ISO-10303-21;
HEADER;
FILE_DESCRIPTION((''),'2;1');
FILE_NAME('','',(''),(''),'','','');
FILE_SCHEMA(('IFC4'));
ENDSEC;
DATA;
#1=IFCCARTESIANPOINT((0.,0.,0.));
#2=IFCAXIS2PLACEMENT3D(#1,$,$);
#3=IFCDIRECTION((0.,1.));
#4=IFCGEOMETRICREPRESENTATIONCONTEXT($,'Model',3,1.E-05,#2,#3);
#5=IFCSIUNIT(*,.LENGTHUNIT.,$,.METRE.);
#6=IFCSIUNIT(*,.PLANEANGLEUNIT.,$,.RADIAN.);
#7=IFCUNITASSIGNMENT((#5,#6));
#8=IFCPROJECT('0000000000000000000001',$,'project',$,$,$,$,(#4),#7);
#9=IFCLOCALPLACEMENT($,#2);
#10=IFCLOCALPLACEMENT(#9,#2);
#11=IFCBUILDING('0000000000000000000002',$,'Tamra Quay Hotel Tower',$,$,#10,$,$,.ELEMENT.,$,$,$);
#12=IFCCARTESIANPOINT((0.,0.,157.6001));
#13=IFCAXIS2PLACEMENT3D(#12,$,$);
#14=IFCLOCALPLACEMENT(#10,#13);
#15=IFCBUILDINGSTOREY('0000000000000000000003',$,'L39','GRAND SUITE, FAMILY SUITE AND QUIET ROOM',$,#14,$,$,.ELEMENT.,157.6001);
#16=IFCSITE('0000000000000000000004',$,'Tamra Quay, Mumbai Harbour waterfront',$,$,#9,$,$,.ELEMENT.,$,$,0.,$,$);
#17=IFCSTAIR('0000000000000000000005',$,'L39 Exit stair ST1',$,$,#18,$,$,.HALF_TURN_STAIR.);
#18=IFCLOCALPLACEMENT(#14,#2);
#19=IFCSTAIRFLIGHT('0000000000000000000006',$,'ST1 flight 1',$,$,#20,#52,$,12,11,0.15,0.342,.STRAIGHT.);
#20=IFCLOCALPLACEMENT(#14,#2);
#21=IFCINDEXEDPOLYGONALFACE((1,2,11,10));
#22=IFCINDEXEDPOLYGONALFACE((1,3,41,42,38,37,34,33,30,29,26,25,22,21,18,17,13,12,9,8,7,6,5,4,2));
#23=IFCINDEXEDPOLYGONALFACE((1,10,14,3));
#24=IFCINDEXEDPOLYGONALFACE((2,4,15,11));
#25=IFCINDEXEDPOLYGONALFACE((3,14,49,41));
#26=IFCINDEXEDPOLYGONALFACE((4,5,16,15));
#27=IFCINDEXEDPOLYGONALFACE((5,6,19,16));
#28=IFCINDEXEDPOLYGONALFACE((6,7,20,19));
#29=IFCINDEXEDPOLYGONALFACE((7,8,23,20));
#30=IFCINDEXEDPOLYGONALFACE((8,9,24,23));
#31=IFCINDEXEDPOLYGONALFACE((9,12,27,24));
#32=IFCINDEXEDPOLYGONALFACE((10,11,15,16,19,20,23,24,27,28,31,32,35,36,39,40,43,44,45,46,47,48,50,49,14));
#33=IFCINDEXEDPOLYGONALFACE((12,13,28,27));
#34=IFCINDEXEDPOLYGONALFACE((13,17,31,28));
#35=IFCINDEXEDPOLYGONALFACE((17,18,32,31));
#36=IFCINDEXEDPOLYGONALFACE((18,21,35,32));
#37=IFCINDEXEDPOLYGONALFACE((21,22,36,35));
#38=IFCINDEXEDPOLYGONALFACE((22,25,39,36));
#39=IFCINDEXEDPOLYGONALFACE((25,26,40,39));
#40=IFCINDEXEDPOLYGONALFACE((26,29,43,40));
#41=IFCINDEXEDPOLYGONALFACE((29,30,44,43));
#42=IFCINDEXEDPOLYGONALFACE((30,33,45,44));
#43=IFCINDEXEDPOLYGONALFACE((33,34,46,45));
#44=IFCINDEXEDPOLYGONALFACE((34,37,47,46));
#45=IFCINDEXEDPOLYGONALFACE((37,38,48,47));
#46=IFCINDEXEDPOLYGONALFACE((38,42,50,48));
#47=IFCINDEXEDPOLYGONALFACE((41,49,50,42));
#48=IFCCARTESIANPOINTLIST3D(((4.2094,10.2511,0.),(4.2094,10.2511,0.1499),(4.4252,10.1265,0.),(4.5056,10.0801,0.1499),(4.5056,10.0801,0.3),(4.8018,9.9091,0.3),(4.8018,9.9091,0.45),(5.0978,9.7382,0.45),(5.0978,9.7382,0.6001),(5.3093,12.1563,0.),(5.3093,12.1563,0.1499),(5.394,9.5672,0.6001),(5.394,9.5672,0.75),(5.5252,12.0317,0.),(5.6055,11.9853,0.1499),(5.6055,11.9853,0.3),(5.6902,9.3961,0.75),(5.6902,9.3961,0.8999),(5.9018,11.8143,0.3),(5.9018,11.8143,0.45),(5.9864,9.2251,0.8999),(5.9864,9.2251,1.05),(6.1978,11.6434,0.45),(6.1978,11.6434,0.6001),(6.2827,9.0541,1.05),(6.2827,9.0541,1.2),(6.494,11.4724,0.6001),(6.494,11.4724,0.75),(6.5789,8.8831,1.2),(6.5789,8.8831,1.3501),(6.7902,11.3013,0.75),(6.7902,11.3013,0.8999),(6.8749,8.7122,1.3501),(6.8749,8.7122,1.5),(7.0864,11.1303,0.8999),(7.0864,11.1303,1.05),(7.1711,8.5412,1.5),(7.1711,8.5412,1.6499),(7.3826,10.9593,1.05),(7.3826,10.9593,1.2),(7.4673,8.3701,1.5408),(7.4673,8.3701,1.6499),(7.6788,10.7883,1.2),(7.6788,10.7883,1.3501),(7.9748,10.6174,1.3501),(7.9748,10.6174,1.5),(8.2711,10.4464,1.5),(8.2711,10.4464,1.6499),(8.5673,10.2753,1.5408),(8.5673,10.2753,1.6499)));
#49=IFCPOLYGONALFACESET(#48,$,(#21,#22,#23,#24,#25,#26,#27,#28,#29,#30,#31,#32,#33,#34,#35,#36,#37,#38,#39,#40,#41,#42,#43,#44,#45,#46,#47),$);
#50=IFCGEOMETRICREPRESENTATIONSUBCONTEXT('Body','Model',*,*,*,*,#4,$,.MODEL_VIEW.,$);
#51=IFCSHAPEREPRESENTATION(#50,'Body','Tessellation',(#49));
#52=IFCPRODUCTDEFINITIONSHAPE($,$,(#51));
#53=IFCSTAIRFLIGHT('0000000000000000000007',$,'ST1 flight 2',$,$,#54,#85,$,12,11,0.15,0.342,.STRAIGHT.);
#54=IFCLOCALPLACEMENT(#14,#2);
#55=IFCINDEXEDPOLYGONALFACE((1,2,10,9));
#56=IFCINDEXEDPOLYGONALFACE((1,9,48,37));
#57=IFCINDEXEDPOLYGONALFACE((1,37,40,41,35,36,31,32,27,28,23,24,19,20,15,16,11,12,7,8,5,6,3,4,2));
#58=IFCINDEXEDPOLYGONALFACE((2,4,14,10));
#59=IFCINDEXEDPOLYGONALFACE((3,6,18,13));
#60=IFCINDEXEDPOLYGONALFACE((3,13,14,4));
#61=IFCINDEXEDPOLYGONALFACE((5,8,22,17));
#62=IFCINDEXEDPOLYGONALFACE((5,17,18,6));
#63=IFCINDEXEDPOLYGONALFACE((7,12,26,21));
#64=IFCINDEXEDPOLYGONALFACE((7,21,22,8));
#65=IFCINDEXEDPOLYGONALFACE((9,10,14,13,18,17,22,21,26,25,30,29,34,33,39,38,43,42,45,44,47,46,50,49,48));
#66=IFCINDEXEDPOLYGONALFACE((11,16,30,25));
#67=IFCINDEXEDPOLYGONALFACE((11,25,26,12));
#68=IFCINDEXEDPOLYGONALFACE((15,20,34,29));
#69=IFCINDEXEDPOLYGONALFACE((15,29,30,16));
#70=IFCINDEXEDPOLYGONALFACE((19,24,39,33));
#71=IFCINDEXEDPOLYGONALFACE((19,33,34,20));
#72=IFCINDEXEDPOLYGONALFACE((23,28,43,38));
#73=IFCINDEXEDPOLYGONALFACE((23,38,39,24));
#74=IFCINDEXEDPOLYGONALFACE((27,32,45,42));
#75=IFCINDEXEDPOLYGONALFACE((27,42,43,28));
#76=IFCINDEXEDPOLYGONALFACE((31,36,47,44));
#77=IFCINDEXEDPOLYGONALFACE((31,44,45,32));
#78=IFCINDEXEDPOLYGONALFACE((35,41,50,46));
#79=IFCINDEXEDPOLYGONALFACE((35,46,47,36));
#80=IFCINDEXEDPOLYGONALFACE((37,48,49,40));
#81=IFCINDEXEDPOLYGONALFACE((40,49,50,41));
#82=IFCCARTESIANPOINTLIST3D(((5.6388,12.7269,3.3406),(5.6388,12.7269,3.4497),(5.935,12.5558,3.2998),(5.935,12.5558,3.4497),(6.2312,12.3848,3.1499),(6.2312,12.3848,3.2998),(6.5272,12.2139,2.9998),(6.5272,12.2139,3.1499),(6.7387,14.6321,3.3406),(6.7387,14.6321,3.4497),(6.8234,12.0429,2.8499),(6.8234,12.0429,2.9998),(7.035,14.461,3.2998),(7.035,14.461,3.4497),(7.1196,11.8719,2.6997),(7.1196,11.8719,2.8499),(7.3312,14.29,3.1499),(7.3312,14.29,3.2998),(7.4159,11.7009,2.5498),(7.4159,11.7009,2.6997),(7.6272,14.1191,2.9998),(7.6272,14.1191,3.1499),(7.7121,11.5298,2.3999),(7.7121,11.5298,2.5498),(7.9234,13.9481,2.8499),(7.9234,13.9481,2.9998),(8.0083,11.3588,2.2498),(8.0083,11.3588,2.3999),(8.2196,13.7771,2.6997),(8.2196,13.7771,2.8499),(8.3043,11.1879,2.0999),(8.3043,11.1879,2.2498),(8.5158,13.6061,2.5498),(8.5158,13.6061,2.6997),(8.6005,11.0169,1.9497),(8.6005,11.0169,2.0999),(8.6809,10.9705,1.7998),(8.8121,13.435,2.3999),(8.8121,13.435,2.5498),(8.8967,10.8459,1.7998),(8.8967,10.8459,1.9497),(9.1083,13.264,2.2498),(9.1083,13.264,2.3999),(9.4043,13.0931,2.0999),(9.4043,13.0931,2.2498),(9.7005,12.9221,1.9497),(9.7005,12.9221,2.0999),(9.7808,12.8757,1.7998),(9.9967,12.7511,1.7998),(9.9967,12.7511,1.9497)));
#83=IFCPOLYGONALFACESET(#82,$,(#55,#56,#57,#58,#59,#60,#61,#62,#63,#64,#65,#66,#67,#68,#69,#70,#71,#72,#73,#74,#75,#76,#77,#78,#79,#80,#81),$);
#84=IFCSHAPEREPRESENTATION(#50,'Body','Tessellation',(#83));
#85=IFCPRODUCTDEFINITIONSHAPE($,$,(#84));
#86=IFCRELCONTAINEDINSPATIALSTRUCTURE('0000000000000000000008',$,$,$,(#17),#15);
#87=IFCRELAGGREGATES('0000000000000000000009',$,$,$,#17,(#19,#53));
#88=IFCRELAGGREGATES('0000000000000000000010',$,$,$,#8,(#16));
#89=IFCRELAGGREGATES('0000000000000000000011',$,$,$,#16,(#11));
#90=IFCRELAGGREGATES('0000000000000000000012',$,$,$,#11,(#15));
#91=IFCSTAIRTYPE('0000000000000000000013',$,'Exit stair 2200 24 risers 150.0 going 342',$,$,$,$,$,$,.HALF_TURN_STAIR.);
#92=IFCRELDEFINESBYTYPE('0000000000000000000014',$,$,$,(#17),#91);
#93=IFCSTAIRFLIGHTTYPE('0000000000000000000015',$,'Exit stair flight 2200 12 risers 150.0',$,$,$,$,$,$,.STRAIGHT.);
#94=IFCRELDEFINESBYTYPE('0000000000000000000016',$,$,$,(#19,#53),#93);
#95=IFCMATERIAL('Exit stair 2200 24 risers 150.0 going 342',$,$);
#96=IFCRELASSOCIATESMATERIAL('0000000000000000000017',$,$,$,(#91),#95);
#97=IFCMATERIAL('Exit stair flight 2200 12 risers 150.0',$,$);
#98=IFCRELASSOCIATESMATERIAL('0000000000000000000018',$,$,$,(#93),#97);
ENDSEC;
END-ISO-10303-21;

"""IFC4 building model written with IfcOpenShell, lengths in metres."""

from ifc_helpers import new_model, si_unit, direction, frame, origin, place, context, subcontext, project, spatial, polyline, outline, extrude, material, type_object, element, aggregate, save


model = new_model("IFC4")

# Units and contexts
model_context = context("Model", 3, precision=1e-05, world=origin(), true_north=direction((0.0, 1.0)))
body_context = subcontext(model_context, "Body", "Model", "MODEL_VIEW")
ifc_project = project(units=[si_unit("LENGTHUNIT", "METRE"), si_unit("PLANEANGLEUNIT", "RADIAN")], contexts=[model_context])

# Site, building, storey
site_placement = place(None, origin())
site = spatial("IfcSite", under=ifc_project, at=site_placement, Name="Tamra Quay, Mumbai Harbour waterfront", CompositionType="ELEMENT", RefElevation=0.0)
building_placement = place(site_placement, origin())
building = spatial("IfcBuilding", under=site, at=building_placement, Name="Tamra Quay Hotel Tower", CompositionType="ELEMENT")
storey_placement = place(building_placement, frame((0.0, 0.0, 157.6001)))
storey = spatial("IfcBuildingStorey", under=building, at=storey_placement, Name="L39", Description="GRAND SUITE, FAMILY SUITE AND QUIET ROOM", CompositionType="ELEMENT", Elevation=157.6001)

# Stair, stair flights
ifc_material_1 = material(Name="Exit stair 2200 24 risers 150.0 going 342")
stair_type = type_object("IfcStairType", Name="Exit stair 2200 24 risers 150.0 going 342", PredefinedType="HALF_TURN_STAIR", material=ifc_material_1)
stair_placement = place(storey_placement, origin())
stair = element("IfcStair", 1, at=stair_placement, inside=storey, type_object=stair_type, Name="L39 Exit stair ST1", PredefinedType="HALF_TURN_STAIR")
ifc_material_2 = material(Name="Exit stair flight 2200 12 risers 150.0")
stair_flight_type = type_object("IfcStairFlightType", Name="Exit stair flight 2200 12 risers 150.0", PredefinedType="STRAIGHT", material=ifc_material_2)
stair_flight_1_placement = place(storey_placement, frame((4.7593, 11.2036, 0.0), z_axis=(0.0, 0.0, 1.0), x_axis=(0.866025, -0.5, 0.0)))
stair_flight_1 = element("IfcStairFlight", 2, at=stair_flight_1_placement, type_object=stair_flight_type, Name="ST1 flight 1", NumberOfRisers=12, NumberOfTreads=11, PredefinedType="STRAIGHT", RiserHeight=0.15, TreadLength=0.342, context=body_context, shape_type="SweptSolid", body=[
    extrude(outline(polyline([(0.0, 0.0), (0.0, 0.1499), (0.342, 0.1499), (0.342, 0.3), (0.6841, 0.3), (0.6841, 0.45), (1.0259, 0.45), (1.0259, 0.6001), (1.3679, 0.6001), (1.3679, 0.75), (1.71, 0.75), (1.71, 0.8999), (2.052, 0.8999), (2.052, 1.05), (2.394, 1.05), (2.394, 1.2), (2.7361, 1.2), (2.7361, 1.3501), (3.0779, 1.3501), (3.0779, 1.5), (3.4199, 1.5), (3.4199, 1.6499), (3.762, 1.6499), (3.762, 1.8), (3.762, 1.5408), (0.2493, 0.0), (0.0, 0.0)])), frame((0.0, 1.1001, 0.0), z_axis=(0.0, -1.0, 0.0), x_axis=(1.0, 0.0, 0.0)), (0.0, 0.0, 1.0), 2.2),
])
stair_flight_2_placement = place(storey_placement, frame((9.4468, 11.7986, 1.7998), z_axis=(0.0, 0.0, 1.0), x_axis=(-0.866025, 0.5, 0.0)))
stair_flight_2 = element("IfcStairFlight", 3, at=stair_flight_2_placement, type_object=stair_flight_type, Name="ST1 flight 2", NumberOfRisers=12, NumberOfTreads=11, PredefinedType="STRAIGHT", RiserHeight=0.15, TreadLength=0.342, context=body_context, shape_type="SweptSolid", body=[
    extrude(outline(polyline([(0.0, 0.0), (0.0, 0.1499), (0.342, 0.1499), (0.342, 0.3), (0.6841, 0.3), (0.6841, 0.45), (1.0259, 0.45), (1.0259, 0.6001), (1.3679, 0.6001), (1.3679, 0.75), (1.71, 0.75), (1.71, 0.8999), (2.052, 0.8999), (2.052, 1.05), (2.394, 1.05), (2.394, 1.2), (2.7361, 1.2), (2.7361, 1.3501), (3.0779, 1.3501), (3.0779, 1.5), (3.4199, 1.5), (3.4199, 1.6499), (3.762, 1.6499), (3.762, 1.8), (3.762, 1.5408), (0.2493, 0.0), (0.0, 0.0)])), frame((0.0, 1.1001, 0.0), z_axis=(0.0, -1.0, 0.0), x_axis=(1.0, 0.0, 0.0)), (0.0, 0.0, 1.0), 2.2),
])
aggregate(stair, [stair_flight_1, stair_flight_2])

save(model, "model.ifc")
